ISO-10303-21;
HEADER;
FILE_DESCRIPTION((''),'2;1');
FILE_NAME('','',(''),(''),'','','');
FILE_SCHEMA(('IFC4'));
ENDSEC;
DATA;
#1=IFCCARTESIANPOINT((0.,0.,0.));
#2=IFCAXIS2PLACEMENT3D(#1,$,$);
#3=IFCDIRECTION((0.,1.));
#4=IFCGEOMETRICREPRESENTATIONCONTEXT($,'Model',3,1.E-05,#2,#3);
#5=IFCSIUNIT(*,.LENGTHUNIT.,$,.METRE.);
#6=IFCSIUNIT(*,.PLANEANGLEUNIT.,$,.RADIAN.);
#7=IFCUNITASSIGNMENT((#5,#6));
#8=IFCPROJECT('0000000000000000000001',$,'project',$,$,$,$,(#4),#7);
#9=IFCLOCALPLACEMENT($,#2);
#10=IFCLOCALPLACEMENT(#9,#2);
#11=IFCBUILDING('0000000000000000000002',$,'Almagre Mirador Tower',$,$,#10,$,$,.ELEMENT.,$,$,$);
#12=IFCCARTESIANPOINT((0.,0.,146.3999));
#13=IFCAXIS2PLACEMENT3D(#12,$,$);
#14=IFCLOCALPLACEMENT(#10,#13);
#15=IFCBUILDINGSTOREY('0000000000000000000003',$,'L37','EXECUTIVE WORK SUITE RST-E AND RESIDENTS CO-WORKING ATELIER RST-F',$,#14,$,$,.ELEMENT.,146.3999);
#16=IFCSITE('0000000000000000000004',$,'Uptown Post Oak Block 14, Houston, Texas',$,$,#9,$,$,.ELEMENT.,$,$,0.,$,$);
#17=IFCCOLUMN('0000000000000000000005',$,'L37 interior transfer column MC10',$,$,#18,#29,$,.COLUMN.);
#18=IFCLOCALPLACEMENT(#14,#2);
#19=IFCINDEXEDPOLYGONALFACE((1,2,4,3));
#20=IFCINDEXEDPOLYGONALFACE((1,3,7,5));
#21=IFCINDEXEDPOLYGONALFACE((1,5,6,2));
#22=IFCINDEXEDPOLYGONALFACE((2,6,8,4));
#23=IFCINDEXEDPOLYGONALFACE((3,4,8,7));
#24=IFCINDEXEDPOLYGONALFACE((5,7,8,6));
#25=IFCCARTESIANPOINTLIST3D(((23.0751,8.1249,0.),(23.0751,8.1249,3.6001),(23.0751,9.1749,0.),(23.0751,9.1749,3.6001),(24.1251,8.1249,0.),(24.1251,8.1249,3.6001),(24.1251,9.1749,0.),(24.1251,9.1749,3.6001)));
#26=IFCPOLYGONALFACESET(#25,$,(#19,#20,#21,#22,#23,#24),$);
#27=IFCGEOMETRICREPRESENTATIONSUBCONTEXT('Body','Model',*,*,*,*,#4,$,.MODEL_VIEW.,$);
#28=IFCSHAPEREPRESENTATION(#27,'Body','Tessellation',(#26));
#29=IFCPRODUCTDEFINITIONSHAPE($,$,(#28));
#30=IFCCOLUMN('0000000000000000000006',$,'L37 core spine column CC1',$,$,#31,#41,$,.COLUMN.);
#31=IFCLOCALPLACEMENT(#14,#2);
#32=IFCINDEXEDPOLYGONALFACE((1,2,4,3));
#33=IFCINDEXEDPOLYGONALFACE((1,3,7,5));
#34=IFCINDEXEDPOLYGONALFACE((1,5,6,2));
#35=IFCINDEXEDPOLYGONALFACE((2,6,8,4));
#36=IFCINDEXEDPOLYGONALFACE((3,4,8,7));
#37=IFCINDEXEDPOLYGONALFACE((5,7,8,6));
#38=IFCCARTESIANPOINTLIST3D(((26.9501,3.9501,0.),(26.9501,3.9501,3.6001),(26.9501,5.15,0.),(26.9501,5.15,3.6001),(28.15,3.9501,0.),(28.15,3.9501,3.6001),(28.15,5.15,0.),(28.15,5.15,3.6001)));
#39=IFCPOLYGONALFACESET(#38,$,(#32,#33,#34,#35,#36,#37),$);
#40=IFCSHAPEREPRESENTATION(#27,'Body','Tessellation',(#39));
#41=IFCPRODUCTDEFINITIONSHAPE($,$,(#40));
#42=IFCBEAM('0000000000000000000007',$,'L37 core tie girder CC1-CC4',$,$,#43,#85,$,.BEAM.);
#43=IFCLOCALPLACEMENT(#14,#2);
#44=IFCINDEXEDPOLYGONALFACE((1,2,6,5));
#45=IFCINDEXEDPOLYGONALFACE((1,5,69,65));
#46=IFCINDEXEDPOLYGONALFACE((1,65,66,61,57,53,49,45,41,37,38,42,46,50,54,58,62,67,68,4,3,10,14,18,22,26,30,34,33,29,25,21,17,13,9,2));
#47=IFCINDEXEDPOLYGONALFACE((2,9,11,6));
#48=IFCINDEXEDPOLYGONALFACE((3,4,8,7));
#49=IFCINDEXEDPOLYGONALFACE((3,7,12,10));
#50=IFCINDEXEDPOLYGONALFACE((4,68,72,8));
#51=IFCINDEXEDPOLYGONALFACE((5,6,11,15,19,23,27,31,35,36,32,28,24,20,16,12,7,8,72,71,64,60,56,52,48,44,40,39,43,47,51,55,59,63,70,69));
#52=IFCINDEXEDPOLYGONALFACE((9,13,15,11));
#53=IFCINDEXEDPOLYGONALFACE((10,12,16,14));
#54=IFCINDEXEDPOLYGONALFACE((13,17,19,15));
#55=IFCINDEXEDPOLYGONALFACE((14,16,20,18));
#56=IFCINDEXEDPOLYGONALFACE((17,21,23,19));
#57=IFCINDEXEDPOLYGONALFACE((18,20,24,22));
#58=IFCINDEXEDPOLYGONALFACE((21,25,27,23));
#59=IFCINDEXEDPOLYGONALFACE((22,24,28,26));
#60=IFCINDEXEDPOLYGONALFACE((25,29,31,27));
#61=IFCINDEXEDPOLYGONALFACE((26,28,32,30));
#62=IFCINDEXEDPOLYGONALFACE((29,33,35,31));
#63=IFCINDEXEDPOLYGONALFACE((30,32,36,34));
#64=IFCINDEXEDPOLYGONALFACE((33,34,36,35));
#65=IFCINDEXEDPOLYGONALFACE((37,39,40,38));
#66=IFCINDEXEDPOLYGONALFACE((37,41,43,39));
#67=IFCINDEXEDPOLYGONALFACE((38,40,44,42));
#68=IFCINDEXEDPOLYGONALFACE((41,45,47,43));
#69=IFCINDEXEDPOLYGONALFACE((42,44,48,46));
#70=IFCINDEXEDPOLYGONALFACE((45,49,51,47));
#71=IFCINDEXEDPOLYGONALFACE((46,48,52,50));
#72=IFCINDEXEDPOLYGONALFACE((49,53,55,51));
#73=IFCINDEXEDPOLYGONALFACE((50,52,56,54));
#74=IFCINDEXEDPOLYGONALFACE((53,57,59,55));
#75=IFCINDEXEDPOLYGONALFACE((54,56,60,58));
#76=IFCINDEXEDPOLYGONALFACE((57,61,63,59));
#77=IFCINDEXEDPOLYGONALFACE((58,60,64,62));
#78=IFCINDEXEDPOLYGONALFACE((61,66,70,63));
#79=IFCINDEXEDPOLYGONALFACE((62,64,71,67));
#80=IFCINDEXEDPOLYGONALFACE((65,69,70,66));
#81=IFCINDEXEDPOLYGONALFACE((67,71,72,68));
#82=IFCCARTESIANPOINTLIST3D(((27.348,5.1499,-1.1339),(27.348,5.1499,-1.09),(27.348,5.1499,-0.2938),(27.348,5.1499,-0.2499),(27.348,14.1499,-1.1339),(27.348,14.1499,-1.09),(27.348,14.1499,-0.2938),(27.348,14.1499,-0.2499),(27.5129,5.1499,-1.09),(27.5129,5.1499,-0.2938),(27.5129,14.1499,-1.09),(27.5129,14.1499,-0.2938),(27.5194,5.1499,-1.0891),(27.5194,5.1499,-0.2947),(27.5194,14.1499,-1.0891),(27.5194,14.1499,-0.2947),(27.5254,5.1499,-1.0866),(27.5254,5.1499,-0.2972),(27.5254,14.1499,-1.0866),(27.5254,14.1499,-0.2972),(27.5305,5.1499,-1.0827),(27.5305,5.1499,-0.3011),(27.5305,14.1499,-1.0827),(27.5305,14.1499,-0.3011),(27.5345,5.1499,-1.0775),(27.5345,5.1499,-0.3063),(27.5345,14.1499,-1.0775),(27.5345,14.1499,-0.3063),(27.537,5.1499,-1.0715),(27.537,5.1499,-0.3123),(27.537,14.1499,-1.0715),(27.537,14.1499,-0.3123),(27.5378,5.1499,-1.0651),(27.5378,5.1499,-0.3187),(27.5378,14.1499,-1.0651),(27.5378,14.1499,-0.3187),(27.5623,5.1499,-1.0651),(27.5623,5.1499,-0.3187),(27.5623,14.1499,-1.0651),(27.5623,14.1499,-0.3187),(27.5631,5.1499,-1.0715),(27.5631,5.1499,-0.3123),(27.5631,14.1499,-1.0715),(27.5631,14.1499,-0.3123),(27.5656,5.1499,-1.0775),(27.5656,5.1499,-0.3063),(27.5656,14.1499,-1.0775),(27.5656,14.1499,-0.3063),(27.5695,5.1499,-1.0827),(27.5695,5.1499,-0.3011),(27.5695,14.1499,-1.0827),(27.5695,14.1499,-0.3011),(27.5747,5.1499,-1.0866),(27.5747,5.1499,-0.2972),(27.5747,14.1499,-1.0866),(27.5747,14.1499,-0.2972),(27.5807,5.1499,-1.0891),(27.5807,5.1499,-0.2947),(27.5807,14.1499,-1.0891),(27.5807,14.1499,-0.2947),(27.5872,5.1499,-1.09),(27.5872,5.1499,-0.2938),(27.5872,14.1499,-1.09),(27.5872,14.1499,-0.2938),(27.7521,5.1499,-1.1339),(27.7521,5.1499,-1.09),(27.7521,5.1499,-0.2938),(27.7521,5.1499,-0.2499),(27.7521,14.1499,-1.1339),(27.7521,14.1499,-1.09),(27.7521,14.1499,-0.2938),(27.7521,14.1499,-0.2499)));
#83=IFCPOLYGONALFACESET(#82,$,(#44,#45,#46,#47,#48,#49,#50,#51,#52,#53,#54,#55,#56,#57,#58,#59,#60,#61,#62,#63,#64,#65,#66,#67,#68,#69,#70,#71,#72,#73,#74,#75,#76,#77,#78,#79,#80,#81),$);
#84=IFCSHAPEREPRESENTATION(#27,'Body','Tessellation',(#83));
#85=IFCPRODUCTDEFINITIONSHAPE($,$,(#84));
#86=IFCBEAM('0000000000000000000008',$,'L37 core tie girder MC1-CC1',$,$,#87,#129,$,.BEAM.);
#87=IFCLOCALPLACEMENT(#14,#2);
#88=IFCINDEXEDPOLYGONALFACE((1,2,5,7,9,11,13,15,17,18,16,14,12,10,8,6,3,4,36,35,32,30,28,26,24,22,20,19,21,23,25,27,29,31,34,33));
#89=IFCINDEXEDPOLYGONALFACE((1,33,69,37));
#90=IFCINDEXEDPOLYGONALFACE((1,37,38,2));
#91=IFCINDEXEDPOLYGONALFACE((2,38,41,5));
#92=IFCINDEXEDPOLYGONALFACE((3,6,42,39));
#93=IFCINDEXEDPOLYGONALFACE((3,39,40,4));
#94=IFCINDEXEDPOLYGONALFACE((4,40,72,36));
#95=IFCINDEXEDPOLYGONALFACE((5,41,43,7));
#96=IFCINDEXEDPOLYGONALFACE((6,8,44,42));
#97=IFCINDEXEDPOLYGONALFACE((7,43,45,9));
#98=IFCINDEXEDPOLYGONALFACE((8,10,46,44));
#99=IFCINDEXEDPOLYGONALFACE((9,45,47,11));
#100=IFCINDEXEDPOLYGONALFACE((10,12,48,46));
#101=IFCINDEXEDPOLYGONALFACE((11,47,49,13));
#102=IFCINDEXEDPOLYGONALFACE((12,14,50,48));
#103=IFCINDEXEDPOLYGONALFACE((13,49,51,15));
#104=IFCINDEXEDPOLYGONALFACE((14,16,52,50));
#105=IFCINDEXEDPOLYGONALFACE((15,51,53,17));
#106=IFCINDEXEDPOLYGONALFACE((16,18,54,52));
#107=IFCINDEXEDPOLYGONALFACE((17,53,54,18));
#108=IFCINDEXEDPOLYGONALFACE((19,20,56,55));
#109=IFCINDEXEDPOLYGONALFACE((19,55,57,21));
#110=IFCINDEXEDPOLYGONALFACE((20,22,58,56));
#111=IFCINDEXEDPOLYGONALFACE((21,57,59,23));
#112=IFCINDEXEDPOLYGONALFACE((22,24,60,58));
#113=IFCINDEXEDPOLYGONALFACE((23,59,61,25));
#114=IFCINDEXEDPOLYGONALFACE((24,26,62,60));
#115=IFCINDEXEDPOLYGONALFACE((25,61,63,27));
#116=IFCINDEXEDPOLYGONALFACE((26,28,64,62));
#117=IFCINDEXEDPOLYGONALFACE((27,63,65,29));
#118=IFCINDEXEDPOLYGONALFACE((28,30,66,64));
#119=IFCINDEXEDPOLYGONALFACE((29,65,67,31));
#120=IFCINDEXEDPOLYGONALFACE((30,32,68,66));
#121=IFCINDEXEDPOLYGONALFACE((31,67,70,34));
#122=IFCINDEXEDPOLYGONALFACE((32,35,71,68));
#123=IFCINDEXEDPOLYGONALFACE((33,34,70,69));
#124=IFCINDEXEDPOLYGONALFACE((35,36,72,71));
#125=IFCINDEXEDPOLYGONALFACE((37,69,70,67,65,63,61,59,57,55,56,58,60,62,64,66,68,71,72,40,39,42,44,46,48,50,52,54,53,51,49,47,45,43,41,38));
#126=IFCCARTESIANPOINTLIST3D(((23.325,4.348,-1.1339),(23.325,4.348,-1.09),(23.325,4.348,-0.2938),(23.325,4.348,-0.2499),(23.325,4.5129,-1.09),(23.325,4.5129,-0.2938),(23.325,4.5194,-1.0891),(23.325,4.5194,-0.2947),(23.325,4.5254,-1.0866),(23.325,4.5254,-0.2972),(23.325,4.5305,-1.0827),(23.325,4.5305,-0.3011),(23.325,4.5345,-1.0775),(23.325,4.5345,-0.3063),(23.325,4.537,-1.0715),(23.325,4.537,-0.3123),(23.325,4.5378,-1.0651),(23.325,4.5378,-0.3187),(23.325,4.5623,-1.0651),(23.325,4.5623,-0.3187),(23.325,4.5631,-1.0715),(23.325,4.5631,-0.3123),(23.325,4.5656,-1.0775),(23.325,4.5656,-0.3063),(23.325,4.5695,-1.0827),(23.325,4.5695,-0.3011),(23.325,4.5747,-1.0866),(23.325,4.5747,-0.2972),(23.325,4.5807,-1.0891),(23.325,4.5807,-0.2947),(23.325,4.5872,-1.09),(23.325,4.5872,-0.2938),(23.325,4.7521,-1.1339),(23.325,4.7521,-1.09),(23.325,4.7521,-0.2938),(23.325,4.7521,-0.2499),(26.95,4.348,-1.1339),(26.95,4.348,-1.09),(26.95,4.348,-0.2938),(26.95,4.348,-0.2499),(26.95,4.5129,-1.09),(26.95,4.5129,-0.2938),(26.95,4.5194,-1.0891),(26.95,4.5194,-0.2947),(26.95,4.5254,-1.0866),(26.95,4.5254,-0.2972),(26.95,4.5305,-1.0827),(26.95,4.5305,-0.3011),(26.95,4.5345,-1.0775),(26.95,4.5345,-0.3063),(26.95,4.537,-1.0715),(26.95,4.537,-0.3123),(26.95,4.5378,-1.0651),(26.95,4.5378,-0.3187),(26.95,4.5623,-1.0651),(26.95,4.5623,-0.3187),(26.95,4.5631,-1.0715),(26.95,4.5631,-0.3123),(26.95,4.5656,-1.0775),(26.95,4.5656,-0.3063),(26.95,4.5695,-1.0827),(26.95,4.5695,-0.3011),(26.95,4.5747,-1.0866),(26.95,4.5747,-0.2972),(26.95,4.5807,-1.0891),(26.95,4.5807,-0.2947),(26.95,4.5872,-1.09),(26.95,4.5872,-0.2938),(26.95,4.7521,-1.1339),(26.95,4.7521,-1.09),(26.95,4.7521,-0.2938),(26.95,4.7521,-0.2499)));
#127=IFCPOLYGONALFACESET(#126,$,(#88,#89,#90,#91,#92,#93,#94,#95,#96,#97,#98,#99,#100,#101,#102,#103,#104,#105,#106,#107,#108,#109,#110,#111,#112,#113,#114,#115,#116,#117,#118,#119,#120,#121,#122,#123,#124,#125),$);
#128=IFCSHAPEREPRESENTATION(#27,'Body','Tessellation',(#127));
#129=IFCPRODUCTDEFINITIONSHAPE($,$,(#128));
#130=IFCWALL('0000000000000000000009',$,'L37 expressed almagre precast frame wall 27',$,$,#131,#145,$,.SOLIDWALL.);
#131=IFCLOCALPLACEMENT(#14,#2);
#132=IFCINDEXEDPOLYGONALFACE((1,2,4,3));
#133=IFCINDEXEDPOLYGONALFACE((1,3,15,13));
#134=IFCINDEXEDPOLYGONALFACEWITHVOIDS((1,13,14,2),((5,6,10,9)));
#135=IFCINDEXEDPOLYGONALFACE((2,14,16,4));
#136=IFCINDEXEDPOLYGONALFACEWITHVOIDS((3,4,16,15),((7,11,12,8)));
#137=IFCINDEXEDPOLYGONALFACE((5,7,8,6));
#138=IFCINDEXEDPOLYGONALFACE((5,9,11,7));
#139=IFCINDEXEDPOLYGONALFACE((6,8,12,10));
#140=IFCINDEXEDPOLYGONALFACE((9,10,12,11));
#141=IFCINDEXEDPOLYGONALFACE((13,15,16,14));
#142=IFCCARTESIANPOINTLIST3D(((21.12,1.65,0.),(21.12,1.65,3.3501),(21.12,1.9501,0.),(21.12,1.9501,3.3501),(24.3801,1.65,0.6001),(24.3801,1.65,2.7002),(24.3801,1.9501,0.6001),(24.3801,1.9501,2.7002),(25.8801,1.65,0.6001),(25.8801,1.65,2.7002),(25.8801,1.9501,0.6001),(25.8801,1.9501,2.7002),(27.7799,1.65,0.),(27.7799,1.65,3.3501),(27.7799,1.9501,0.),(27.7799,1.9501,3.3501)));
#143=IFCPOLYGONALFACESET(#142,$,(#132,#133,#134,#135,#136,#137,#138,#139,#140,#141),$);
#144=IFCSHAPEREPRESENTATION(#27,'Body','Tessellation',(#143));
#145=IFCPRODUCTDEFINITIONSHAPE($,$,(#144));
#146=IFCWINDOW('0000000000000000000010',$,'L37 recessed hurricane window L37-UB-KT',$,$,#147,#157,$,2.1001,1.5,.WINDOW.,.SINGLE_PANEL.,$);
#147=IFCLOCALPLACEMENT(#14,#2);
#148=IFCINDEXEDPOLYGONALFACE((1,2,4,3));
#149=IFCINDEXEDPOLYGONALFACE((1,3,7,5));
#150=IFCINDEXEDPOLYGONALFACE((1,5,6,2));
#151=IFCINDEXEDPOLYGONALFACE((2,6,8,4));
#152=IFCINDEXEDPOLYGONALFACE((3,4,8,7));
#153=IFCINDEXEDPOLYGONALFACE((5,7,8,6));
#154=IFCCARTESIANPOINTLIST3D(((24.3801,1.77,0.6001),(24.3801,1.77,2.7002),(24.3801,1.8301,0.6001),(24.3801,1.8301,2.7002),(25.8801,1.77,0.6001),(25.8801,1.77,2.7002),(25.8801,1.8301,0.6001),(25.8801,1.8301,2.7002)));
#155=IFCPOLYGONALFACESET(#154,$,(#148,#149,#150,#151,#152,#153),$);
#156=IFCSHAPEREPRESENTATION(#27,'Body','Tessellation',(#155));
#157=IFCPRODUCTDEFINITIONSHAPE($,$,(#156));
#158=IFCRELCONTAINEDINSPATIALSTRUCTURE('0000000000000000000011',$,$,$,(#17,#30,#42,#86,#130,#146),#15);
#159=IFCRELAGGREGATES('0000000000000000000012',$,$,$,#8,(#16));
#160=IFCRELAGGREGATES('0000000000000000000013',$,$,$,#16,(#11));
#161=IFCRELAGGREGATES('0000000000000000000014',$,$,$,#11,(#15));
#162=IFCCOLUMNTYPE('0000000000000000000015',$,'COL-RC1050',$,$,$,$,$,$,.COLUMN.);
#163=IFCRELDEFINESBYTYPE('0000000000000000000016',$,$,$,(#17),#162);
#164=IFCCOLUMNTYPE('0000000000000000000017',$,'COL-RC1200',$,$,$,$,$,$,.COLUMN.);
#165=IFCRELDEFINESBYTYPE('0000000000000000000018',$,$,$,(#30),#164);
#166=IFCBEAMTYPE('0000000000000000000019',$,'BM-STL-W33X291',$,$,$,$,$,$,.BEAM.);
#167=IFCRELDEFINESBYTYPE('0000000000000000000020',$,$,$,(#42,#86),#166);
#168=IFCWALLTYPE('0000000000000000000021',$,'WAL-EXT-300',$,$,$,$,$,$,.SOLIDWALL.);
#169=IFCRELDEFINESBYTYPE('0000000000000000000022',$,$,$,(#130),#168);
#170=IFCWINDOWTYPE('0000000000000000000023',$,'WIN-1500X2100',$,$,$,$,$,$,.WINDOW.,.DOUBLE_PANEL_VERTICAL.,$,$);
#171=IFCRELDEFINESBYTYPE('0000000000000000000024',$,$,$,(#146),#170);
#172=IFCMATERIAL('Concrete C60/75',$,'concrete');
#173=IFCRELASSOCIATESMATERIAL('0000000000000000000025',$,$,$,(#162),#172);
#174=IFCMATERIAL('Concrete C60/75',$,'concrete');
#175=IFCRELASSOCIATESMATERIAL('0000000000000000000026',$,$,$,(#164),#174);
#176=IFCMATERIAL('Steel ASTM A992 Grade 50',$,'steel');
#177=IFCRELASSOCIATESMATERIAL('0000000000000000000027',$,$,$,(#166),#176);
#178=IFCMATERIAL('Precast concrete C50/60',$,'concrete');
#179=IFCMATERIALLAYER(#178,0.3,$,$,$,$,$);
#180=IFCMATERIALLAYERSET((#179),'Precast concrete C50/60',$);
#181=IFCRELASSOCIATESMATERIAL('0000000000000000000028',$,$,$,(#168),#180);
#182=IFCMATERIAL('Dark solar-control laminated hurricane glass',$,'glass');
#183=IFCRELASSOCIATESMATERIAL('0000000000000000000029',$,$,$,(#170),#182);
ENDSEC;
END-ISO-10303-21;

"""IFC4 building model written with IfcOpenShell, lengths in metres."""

from ifc_helpers import new_model, si_unit, direction, frame, frame_2d, origin, origin_2d, place, context, subcontext, project, spatial, rectangle, i_section, extrude, material, layer, layer_set, material_profile, profile_set, type_object, element, fill, save


model = new_model("IFC4")

# Units and contexts
model_context = context("Model", 3, precision=1e-05, world=origin(), true_north=direction((0.0, 1.0)))
body_context = subcontext(model_context, "Body", "Model", "MODEL_VIEW")
ifc_project = project(units=[si_unit("LENGTHUNIT", "METRE"), si_unit("PLANEANGLEUNIT", "RADIAN")], contexts=[model_context])

# Site, building, storey
site_placement = place(None, origin())
site = spatial("IfcSite", under=ifc_project, at=site_placement, Name="Uptown Post Oak Block 14, Houston, Texas", CompositionType="ELEMENT", RefElevation=0.0)
building_placement = place(site_placement, origin())
building = spatial("IfcBuilding", under=site, at=building_placement, Name="Almagre Mirador Tower", CompositionType="ELEMENT")
storey_placement = place(building_placement, frame((0.0, 0.0, 146.3999)))
storey = spatial("IfcBuildingStorey", under=building, at=storey_placement, Name="L37", Description="EXECUTIVE WORK SUITE RST-E AND RESIDENTS CO-WORKING ATELIER RST-F", CompositionType="ELEMENT", Elevation=146.3999)

# Columns
ifc_material_1 = material(Name="Concrete C60/75", Category="concrete")
ifc_material_profile_1 = material_profile(ifc_material_1, rectangle(XDim=1.05, YDim=1.05, at=origin_2d()), Name="RC1050X1050")
ifc_profile_set_1 = profile_set([ifc_material_profile_1], Name="Concrete C60/75")
column_type_1 = type_object("IfcColumnType", Name="COL-RC1050", PredefinedType="COLUMN", material=ifc_profile_set_1)
column_1_placement = place(storey_placement, frame((23.6001, 8.6499, 0.0), z_axis=(0.0, 0.0, 1.0), x_axis=(1.0, 0.0, 0.0)))
element("IfcColumn", 1, at=column_1_placement, inside=storey, type_object=column_type_1, Name="L37 interior transfer column MC10", PredefinedType="COLUMN", context=body_context, shape_type="SweptSolid", body=[
    extrude(rectangle(XDim=1.05, YDim=1.05, at=origin_2d()), origin(), (0.0, 0.0, 1.0), 3.6001),
])
ifc_material_2 = material(Name="Concrete C60/75", Category="concrete")
ifc_material_profile_2 = material_profile(ifc_material_2, rectangle(XDim=1.2, YDim=1.2, at=origin_2d()), Name="RC1200X1200")
ifc_profile_set_2 = profile_set([ifc_material_profile_2], Name="Concrete C60/75")
column_type_2 = type_object("IfcColumnType", Name="COL-RC1200", PredefinedType="COLUMN", material=ifc_profile_set_2)
column_2_placement = place(storey_placement, frame((27.55, 4.55, 0.0), z_axis=(0.0, 0.0, 1.0), x_axis=(1.0, 0.0, 0.0)))
element("IfcColumn", 2, at=column_2_placement, inside=storey, type_object=column_type_2, Name="L37 core spine column CC1", PredefinedType="COLUMN", context=body_context, shape_type="SweptSolid", body=[
    extrude(rectangle(XDim=1.2, YDim=1.2, at=origin_2d()), origin(), (0.0, 0.0, 1.0), 3.6001),
])

# Beams
ifc_material_3 = material(Name="Steel ASTM A992 Grade 50", Category="steel")
ifc_material_profile_3 = material_profile(ifc_material_3, i_section(OverallWidth=0.4041, OverallDepth=0.884, WebThickness=0.0244, FlangeThickness=0.0439, FilletRadius=0.0249, at=origin_2d()), Name="W33X291")
ifc_profile_set_3 = profile_set([ifc_material_profile_3], Name="Steel ASTM A992 Grade 50")
beam_type = type_object("IfcBeamType", Name="BM-STL-W33X291", PredefinedType="BEAM", material=ifc_profile_set_3)
beam_1_placement = place(storey_placement, frame((27.55, 5.1499, -0.6919), z_axis=(0.0, 1.0, 0.0), x_axis=(-1.0, 0.0, 0.0)))
element("IfcBeam", 3, at=beam_1_placement, inside=storey, type_object=beam_type, Name="L37 core tie girder CC1-CC4", PredefinedType="BEAM", context=body_context, shape_type="SweptSolid", body=[
    extrude(i_section(OverallWidth=0.4041, OverallDepth=0.884, WebThickness=0.0244, FlangeThickness=0.0439, FilletRadius=0.0249, at=origin_2d()), origin(), (0.0, 0.0, 1.0), 9.0),
])
beam_2_placement = place(storey_placement, frame((23.325, 4.55, -0.6919), z_axis=(1.0, 0.0, 0.0), x_axis=(0.0, 1.0, 0.0)))
element("IfcBeam", 4, at=beam_2_placement, inside=storey, type_object=beam_type, Name="L37 core tie girder MC1-CC1", PredefinedType="BEAM", context=body_context, shape_type="SweptSolid", body=[
    extrude(i_section(OverallWidth=0.4041, OverallDepth=0.884, WebThickness=0.0244, FlangeThickness=0.0439, FilletRadius=0.0249, at=origin_2d()), origin(), (0.0, 0.0, 1.0), 3.625),
])

# Wall, opening, window
ifc_material_4 = material(Name="Precast concrete C50/60", Category="concrete")
ifc_layer_1 = layer(ifc_material_4, 0.3)
ifc_layer_set_1 = layer_set([ifc_layer_1], Name="Precast concrete C50/60")
wall_type_1 = type_object("IfcWallType", Name="WAL-EXT-300", PredefinedType="SOLIDWALL", material=ifc_layer_set_1)
wall_1_placement = place(storey_placement, frame((27.78, 1.8, 0.0), z_axis=(0.0, 0.0, 1.0), x_axis=(-1.0, 0.0, 0.0)))
wall_1 = element("IfcWall", 5, at=wall_1_placement, inside=storey, type_object=wall_type_1, Name="L37 expressed almagre precast frame wall 27", PredefinedType="SOLIDWALL", context=body_context, shape_type="SweptSolid", body=[
    extrude(rectangle(XDim=6.6599, YDim=0.3, at=frame_2d((3.3301, 0.0))), origin(), (0.0, 0.0, 1.0), 3.3501),
])
opening_1_placement = place(wall_1_placement, frame((1.8999, 0.0, 0.6001)))
opening_1 = element("IfcOpeningElement", 6, at=opening_1_placement, cuts=wall_1, PredefinedType="OPENING", context=body_context, shape_type="SweptSolid", body=[
    extrude(rectangle(XDim=1.5, YDim=2.1001, at=frame_2d((0.75, 1.05))), frame((0.0, 0.1599, 0.0), z_axis=(0.0, -1.0, 0.0), x_axis=(1.0, 0.0, 0.0)), (0.0, 0.0, 1.0), 0.32),
])
ifc_material_5 = material(Name="Dark solar-control laminated hurricane glass", Category="glass")
window_type = type_object("IfcWindowType", Name="WIN-1500X2100", PartitioningType="DOUBLE_PANEL_VERTICAL", PredefinedType="WINDOW", material=ifc_material_5)
window_placement = place(opening_1_placement, origin())
window = element("IfcWindow", 7, at=window_placement, inside=storey, type_object=window_type, Name="L37 recessed hurricane window L37-UB-KT", OverallHeight=2.1001, OverallWidth=1.5, PartitioningType="SINGLE_PANEL", PredefinedType="WINDOW", context=body_context, shape_type="SweptSolid", body=[
    extrude(rectangle(XDim=1.5, YDim=2.1001, at=frame_2d((0.75, 1.05))), frame((0.0, 0.03, 0.0), z_axis=(0.0, -1.0, 0.0), x_axis=(1.0, 0.0, 0.0)), (0.0, 0.0, 1.0), 0.0601),
])
fill(opening_1, window)

save(model, "model.ifc")
